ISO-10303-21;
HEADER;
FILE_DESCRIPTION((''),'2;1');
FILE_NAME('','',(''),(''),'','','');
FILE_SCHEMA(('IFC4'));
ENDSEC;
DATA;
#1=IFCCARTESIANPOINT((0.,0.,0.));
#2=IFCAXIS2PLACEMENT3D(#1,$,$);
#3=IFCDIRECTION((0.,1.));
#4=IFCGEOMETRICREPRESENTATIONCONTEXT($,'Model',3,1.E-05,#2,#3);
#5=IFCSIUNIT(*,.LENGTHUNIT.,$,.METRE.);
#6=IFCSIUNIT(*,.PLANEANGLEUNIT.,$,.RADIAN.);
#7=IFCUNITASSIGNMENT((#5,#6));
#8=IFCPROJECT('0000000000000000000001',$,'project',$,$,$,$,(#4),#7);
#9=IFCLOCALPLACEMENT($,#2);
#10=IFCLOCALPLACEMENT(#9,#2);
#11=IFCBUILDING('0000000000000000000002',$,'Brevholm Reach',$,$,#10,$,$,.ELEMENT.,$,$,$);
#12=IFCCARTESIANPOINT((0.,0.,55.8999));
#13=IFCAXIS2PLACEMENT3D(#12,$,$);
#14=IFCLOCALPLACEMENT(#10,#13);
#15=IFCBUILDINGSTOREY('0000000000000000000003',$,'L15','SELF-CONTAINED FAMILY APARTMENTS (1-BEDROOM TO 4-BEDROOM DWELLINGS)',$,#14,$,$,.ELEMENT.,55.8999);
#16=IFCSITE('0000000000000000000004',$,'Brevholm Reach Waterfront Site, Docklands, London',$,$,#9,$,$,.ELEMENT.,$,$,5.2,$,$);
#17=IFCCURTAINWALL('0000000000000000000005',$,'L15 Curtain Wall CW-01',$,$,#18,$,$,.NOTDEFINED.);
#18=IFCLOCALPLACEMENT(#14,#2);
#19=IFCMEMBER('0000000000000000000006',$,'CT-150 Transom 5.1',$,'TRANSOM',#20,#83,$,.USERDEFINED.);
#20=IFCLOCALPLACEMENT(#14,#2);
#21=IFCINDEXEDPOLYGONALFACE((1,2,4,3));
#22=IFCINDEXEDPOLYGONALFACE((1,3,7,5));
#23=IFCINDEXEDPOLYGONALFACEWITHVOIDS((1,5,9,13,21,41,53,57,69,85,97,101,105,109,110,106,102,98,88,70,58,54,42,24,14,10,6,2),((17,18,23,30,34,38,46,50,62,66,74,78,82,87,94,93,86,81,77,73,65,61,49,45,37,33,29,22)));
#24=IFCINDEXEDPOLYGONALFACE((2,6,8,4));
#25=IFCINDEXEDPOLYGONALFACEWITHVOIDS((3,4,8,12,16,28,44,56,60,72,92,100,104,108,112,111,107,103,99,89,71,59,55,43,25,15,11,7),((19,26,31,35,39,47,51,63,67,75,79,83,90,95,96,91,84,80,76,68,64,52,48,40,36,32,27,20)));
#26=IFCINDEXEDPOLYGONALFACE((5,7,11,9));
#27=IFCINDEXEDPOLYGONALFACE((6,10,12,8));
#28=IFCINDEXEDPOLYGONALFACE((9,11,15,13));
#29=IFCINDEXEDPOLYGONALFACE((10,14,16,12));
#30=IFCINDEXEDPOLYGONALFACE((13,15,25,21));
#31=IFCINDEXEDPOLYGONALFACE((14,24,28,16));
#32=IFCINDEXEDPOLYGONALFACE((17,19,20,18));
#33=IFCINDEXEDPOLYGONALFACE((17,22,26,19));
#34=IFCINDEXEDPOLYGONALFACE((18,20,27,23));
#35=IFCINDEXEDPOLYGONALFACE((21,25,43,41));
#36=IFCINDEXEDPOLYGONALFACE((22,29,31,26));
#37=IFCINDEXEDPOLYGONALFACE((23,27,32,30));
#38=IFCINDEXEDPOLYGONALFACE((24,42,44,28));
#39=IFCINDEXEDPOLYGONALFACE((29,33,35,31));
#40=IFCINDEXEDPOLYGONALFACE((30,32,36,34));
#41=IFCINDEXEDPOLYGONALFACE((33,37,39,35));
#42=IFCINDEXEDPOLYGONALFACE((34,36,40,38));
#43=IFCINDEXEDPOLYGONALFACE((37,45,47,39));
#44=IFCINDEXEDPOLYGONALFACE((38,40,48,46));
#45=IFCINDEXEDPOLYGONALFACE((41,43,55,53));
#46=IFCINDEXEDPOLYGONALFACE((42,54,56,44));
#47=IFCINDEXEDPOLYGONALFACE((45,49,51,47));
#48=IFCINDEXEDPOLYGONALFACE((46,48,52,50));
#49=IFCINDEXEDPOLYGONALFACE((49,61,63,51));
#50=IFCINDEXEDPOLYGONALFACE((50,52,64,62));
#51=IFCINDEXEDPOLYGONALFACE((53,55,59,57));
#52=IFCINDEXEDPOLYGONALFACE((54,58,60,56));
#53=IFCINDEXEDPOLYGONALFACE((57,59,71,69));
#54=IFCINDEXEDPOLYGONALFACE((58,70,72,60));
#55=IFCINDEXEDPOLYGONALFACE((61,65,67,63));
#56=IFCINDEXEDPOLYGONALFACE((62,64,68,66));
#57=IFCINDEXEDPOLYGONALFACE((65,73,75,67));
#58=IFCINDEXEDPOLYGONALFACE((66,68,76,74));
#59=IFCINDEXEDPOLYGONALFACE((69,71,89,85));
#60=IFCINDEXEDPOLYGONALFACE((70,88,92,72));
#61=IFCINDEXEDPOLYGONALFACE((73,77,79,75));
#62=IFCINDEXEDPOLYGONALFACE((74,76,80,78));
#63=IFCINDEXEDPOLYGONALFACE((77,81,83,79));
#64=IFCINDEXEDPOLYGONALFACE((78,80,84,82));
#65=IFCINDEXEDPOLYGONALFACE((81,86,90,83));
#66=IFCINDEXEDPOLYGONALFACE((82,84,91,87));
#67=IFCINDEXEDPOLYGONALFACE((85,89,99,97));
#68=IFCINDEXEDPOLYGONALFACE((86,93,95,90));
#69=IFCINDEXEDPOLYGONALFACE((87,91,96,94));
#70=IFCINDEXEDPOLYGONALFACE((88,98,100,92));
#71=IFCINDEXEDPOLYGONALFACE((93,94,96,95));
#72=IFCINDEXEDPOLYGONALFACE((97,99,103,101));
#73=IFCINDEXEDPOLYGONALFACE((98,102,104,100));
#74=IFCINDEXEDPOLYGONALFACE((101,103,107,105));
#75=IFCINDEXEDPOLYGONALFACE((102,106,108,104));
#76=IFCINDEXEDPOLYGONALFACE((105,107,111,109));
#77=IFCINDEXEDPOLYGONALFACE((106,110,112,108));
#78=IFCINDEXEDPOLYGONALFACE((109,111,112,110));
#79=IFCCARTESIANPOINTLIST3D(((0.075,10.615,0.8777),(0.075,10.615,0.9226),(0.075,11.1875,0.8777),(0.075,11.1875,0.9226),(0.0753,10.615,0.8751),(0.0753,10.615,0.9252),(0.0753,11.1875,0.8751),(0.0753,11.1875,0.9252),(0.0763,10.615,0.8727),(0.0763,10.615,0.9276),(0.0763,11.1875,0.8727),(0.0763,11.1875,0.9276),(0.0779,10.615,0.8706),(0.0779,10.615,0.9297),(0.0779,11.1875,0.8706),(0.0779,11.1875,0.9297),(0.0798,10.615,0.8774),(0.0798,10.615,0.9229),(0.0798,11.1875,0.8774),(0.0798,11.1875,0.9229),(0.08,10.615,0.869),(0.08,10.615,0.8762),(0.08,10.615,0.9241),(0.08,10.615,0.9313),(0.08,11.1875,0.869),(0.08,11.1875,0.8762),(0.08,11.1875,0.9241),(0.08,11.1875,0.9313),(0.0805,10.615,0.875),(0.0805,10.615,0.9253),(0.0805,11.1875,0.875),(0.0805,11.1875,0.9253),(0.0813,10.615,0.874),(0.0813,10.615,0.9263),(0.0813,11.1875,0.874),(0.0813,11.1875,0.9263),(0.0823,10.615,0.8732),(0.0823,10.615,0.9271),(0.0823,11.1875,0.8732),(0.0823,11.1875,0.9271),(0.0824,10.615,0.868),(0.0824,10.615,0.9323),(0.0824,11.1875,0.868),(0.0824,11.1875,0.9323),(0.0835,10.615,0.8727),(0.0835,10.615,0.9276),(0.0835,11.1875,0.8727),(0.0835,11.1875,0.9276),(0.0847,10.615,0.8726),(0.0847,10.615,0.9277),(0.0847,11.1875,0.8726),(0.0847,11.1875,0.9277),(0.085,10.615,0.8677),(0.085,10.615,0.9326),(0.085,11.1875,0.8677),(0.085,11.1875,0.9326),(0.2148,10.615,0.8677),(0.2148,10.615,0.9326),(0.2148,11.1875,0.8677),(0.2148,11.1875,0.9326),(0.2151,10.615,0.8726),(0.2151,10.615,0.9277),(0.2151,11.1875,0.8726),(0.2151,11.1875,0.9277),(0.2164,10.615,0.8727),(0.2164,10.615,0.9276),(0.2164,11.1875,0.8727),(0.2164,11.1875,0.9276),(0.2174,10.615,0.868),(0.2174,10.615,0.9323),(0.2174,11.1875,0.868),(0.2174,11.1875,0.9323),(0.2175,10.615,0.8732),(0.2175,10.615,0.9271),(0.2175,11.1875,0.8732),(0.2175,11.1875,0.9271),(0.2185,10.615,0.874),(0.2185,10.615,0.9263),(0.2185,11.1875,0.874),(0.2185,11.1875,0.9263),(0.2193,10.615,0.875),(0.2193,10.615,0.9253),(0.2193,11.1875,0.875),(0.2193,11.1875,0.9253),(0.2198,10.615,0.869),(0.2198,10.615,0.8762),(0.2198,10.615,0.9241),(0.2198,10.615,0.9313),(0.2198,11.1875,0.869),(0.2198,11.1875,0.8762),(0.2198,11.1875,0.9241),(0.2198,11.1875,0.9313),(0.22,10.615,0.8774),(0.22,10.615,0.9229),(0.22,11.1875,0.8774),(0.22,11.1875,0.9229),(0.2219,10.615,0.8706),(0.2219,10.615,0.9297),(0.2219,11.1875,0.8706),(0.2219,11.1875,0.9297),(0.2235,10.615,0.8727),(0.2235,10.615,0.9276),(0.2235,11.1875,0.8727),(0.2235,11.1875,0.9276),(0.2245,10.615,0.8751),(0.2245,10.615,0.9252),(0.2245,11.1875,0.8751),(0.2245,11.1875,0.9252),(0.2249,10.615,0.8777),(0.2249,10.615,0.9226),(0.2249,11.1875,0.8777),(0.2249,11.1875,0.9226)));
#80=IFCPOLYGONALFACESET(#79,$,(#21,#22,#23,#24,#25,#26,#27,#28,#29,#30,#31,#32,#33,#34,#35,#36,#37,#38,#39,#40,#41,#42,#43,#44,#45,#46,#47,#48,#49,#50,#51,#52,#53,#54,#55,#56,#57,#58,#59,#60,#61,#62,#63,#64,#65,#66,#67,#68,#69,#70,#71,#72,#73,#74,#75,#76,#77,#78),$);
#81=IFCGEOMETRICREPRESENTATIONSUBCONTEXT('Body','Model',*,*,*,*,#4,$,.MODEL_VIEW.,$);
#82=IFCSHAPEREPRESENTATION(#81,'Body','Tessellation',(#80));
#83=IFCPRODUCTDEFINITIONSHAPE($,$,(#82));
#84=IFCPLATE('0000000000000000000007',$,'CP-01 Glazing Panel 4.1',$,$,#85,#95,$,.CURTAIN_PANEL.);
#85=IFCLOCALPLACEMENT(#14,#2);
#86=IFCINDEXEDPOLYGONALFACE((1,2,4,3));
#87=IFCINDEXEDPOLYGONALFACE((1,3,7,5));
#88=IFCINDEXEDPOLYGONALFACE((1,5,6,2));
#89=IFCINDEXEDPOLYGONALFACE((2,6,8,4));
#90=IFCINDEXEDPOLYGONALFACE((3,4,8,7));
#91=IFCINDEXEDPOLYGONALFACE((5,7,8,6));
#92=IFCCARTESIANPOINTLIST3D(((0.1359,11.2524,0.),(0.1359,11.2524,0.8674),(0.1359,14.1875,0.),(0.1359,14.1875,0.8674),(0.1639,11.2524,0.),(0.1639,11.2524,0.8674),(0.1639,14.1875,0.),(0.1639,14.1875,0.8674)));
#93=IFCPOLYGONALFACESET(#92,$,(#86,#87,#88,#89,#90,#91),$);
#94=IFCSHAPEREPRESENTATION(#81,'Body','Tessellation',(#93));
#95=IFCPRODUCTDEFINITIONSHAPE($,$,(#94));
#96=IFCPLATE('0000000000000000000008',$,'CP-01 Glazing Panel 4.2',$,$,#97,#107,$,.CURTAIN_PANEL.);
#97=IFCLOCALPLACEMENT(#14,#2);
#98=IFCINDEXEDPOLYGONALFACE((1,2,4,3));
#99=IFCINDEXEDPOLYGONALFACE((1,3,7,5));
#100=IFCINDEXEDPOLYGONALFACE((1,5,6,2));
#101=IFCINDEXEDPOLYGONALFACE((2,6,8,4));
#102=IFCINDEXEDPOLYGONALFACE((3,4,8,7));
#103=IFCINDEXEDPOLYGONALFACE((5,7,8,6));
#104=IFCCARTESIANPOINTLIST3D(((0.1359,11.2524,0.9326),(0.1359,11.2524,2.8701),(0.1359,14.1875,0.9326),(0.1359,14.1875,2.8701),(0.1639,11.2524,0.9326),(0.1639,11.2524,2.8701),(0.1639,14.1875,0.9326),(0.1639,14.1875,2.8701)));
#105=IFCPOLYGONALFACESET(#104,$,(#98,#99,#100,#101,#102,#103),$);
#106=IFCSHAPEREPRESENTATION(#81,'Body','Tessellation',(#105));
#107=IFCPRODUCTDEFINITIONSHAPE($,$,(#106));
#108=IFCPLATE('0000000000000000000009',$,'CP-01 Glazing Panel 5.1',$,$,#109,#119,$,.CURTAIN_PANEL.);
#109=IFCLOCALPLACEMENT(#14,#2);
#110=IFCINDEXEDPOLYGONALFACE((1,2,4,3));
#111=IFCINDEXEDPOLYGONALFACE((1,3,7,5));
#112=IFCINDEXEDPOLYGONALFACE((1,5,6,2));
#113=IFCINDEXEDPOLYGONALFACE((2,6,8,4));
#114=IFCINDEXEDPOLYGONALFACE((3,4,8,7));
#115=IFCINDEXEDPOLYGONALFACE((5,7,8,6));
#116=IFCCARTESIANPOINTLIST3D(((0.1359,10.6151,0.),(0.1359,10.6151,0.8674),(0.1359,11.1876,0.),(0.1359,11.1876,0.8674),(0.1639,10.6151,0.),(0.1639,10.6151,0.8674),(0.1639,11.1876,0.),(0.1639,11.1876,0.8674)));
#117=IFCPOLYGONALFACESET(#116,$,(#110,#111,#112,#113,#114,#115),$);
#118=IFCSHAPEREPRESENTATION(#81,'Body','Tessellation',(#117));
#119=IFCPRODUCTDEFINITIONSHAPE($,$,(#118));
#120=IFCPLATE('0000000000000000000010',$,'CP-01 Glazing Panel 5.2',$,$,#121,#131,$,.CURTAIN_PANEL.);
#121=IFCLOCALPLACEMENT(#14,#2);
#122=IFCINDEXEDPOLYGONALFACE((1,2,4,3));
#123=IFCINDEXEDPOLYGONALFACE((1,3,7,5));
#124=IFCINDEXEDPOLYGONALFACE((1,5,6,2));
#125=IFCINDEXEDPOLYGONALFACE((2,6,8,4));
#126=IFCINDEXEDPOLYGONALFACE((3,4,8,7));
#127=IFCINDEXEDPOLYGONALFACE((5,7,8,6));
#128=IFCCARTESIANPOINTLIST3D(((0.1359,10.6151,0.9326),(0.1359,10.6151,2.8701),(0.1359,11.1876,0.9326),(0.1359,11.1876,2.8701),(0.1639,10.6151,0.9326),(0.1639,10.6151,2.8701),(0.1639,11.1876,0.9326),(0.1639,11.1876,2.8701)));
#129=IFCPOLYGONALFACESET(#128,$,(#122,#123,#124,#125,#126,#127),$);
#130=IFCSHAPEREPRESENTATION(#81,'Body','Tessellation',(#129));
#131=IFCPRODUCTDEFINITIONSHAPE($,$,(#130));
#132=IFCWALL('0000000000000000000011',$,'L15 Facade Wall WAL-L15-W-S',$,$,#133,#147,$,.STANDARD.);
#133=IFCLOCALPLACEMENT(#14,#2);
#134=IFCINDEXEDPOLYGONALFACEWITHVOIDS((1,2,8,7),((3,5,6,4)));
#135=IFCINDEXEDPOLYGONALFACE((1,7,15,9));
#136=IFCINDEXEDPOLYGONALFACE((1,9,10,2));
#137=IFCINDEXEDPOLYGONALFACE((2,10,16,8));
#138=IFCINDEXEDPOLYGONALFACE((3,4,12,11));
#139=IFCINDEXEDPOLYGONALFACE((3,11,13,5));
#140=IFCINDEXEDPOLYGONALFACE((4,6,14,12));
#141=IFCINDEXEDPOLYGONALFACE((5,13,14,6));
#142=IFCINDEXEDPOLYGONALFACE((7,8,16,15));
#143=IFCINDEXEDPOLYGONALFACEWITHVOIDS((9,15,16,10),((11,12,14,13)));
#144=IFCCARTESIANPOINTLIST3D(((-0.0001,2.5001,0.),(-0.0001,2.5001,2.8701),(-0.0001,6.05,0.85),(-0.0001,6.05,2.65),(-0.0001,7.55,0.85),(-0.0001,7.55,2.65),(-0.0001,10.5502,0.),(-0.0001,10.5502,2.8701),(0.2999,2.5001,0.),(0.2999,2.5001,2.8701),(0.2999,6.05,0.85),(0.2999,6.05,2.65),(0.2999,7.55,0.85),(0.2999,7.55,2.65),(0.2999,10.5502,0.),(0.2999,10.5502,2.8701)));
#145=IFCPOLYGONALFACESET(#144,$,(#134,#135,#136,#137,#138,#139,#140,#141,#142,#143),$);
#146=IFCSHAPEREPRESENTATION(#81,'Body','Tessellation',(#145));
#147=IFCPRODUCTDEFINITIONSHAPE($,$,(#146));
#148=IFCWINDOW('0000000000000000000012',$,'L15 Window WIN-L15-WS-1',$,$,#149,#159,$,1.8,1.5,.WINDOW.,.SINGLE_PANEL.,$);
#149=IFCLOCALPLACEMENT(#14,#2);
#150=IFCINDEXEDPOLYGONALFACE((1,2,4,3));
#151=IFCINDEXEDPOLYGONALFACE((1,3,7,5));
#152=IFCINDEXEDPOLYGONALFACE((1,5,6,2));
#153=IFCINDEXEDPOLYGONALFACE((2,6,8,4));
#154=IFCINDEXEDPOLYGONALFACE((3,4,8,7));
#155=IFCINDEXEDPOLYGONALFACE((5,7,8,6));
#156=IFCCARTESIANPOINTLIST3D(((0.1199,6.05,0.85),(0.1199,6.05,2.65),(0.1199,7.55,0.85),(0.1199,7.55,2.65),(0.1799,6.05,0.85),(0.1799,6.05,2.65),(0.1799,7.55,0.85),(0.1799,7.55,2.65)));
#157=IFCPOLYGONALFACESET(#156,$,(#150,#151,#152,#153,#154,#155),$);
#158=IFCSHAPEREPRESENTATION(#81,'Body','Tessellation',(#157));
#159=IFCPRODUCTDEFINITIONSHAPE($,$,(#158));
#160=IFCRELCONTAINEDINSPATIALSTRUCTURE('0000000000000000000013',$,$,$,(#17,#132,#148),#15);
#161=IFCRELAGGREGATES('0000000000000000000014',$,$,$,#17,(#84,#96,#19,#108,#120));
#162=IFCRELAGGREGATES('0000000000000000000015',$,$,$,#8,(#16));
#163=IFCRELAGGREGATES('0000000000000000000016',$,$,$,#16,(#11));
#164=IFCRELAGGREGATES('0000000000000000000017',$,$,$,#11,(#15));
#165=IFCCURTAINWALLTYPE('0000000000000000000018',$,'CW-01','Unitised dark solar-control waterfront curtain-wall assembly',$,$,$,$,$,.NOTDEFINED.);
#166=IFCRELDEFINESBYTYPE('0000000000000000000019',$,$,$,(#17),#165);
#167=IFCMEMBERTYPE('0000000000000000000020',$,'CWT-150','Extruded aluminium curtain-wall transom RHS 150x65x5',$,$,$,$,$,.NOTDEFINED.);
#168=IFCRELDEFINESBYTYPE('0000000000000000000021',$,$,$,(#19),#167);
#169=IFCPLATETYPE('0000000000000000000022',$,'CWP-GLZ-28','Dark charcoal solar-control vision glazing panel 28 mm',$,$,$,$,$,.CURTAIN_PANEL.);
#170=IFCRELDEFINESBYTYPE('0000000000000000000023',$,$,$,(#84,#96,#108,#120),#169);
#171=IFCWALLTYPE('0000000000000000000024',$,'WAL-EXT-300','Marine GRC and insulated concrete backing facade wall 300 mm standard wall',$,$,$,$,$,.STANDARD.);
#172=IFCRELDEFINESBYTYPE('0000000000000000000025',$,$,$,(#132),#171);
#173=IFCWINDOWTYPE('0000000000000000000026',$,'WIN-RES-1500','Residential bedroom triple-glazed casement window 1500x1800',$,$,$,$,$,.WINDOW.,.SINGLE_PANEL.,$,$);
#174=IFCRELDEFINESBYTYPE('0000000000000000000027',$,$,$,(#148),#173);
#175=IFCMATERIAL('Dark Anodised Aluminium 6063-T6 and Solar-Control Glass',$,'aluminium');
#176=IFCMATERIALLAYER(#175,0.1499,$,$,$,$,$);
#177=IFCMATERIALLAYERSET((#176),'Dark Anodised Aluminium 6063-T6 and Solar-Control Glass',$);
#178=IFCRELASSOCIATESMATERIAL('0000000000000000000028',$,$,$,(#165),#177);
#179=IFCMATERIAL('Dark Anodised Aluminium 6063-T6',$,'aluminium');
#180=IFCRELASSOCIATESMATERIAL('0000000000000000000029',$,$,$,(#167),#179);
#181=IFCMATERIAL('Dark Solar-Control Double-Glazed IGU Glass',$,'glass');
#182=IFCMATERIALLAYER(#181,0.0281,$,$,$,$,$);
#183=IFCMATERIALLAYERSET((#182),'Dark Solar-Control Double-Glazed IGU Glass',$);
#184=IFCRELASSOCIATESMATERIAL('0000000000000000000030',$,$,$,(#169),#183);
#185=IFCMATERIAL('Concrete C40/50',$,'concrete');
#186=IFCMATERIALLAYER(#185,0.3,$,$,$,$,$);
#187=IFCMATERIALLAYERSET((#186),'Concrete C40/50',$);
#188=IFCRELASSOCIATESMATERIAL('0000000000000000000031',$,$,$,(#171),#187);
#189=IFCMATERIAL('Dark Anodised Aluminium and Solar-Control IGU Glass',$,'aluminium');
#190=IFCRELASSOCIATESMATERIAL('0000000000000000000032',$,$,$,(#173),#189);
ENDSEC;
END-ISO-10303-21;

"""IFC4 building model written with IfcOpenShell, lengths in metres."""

from ifc_helpers import new_model, si_unit, direction, frame, frame_2d, origin, origin_2d, place, context, subcontext, project, spatial, rectangle, hollow_rectangle, extrude, material, layer, layer_set, material_profile, profile_set, type_object, element, fill, aggregate, save


model = new_model("IFC4")

# Units and contexts
model_context = context("Model", 3, precision=1e-05, world=origin(), true_north=direction((0.0, 1.0)))
body_context = subcontext(model_context, "Body", "Model", "MODEL_VIEW")
ifc_project = project(units=[si_unit("LENGTHUNIT", "METRE"), si_unit("PLANEANGLEUNIT", "RADIAN")], contexts=[model_context])

# Site, building, storey
site_placement = place(None, origin())
site = spatial("IfcSite", under=ifc_project, at=site_placement, Name="Brevholm Reach Waterfront Site, Docklands, London", CompositionType="ELEMENT", RefElevation=5.2)
building_placement = place(site_placement, origin())
building = spatial("IfcBuilding", under=site, at=building_placement, Name="Brevholm Reach", CompositionType="ELEMENT")
storey_placement = place(building_placement, frame((0.0, 0.0, 55.8999)))
storey = spatial("IfcBuildingStorey", under=building, at=storey_placement, Name="L15", Description="SELF-CONTAINED FAMILY APARTMENTS (1-BEDROOM TO 4-BEDROOM DWELLINGS)", CompositionType="ELEMENT", Elevation=55.8999)

# Curtain wall, member, plates
ifc_material_1 = material(Name="Dark Anodised Aluminium 6063-T6 and Solar-Control Glass", Category="aluminium")
ifc_layer_1 = layer(ifc_material_1, 0.1499)
ifc_layer_set_1 = layer_set([ifc_layer_1], Name="Dark Anodised Aluminium 6063-T6 and Solar-Control Glass")
curtain_wall_type = type_object("IfcCurtainWallType", Name="CW-01", Description="Unitised dark solar-control waterfront curtain-wall assembly", PredefinedType="NOTDEFINED", material=ifc_layer_set_1)
curtain_wall_placement = place(storey_placement, origin())
curtain_wall = element("IfcCurtainWall", 1, at=curtain_wall_placement, inside=storey, type_object=curtain_wall_type, Name="L15 Curtain Wall CW-01", PredefinedType="NOTDEFINED")
ifc_material_2 = material(Name="Dark Anodised Aluminium 6063-T6", Category="aluminium")
ifc_material_profile_1 = material_profile(ifc_material_2, hollow_rectangle(XDim=0.0649, YDim=0.1499, WallThickness=0.0049, InnerFilletRadius=0.0049, OuterFilletRadius=0.01, at=origin_2d()), Name="RHS 150x65x5")
ifc_profile_set_1 = profile_set([ifc_material_profile_1], Name="Dark Anodised Aluminium 6063-T6")
member_type_1 = type_object("IfcMemberType", Name="CWT-150", Description="Extruded aluminium curtain-wall transom RHS 150x65x5", PredefinedType="NOTDEFINED", material=ifc_profile_set_1)
member_1_placement = place(storey_placement, frame((0.1499, 11.1875, 0.9001), z_axis=(0.0, -1.0, 0.0), x_axis=(0.0, 0.0, 1.0)))
member_1 = element("IfcMember", 2, at=member_1_placement, type_object=member_type_1, Name="CT-150 Transom 5.1", ObjectType="TRANSOM", PredefinedType="USERDEFINED", context=body_context, shape_type="SweptSolid", body=[
    extrude(hollow_rectangle(XDim=0.0649, YDim=0.1499, WallThickness=0.0049, InnerFilletRadius=0.0049, OuterFilletRadius=0.01, at=origin_2d()), origin(), (0.0, 0.0, 1.0), 0.5725),
])
ifc_material_3 = material(Name="Dark Solar-Control Double-Glazed IGU Glass", Category="glass")
ifc_layer_2 = layer(ifc_material_3, 0.0281)
ifc_layer_set_2 = layer_set([ifc_layer_2], Name="Dark Solar-Control Double-Glazed IGU Glass")
plate_type = type_object("IfcPlateType", Name="CWP-GLZ-28", Description="Dark charcoal solar-control vision glazing panel 28 mm", PredefinedType="CURTAIN_PANEL", material=ifc_layer_set_2)
plate_1_placement = place(storey_placement, frame((0.1499, 12.72, 0.0), z_axis=(0.0, 0.0, 1.0), x_axis=(0.0, -1.0, 0.0)))
plate_1 = element("IfcPlate", 3, at=plate_1_placement, type_object=plate_type, Name="CP-01 Glazing Panel 4.1", PredefinedType="CURTAIN_PANEL", context=body_context, shape_type="SweptSolid", body=[
    extrude(rectangle(XDim=2.9351, YDim=0.0281, at=origin_2d()), origin(), (0.0, 0.0, 1.0), 0.8674),
])
plate_2_placement = place(storey_placement, frame((0.1499, 12.72, 0.9326), z_axis=(0.0, 0.0, 1.0), x_axis=(0.0, -1.0, 0.0)))
plate_2 = element("IfcPlate", 4, at=plate_2_placement, type_object=plate_type, Name="CP-01 Glazing Panel 4.2", PredefinedType="CURTAIN_PANEL", context=body_context, shape_type="SweptSolid", body=[
    extrude(rectangle(XDim=2.9351, YDim=0.0281, at=origin_2d()), origin(), (0.0, 0.0, 1.0), 1.9375),
])
plate_3_placement = place(storey_placement, frame((0.1499, 10.9014, 0.0), z_axis=(0.0, 0.0, 1.0), x_axis=(0.0, -1.0, 0.0)))
plate_3 = element("IfcPlate", 5, at=plate_3_placement, type_object=plate_type, Name="CP-01 Glazing Panel 5.1", PredefinedType="CURTAIN_PANEL", context=body_context, shape_type="SweptSolid", body=[
    extrude(rectangle(XDim=0.5725, YDim=0.0281, at=origin_2d()), origin(), (0.0, 0.0, 1.0), 0.8674),
])
plate_4_placement = place(storey_placement, frame((0.1499, 10.9014, 0.9326), z_axis=(0.0, 0.0, 1.0), x_axis=(0.0, -1.0, 0.0)))
plate_4 = element("IfcPlate", 6, at=plate_4_placement, type_object=plate_type, Name="CP-01 Glazing Panel 5.2", PredefinedType="CURTAIN_PANEL", context=body_context, shape_type="SweptSolid", body=[
    extrude(rectangle(XDim=0.5725, YDim=0.0281, at=origin_2d()), origin(), (0.0, 0.0, 1.0), 1.9375),
])
aggregate(curtain_wall, [plate_1, plate_2, member_1, plate_3, plate_4])

# Wall, opening, window
ifc_material_4 = material(Name="Concrete C40/50", Category="concrete")
ifc_layer_3 = layer(ifc_material_4, 0.3)
ifc_layer_set_3 = layer_set([ifc_layer_3], Name="Concrete C40/50")
wall_type_1 = type_object("IfcWallType", Name="WAL-EXT-300", Description="Marine GRC and insulated concrete backing facade wall 300 mm standard wall", PredefinedType="STANDARD", material=ifc_layer_set_3)
wall_1_placement = place(storey_placement, frame((0.1499, 10.55, 0.0), z_axis=(0.0, 0.0, 1.0), x_axis=(0.0, -1.0, 0.0)))
wall_1 = element("IfcWall", 7, at=wall_1_placement, inside=storey, type_object=wall_type_1, Name="L15 Facade Wall WAL-L15-W-S", PredefinedType="STANDARD", context=body_context, shape_type="SweptSolid", body=[
    extrude(rectangle(XDim=8.05, YDim=0.3, at=frame_2d((4.0249, 0.0))), origin(), (0.0, 0.0, 1.0), 2.8701),
])
opening_1_placement = place(wall_1_placement, frame((3.0, 0.0, 0.8501)))
opening_1 = element("IfcOpeningElement", 8, at=opening_1_placement, cuts=wall_1, PredefinedType="OPENING", context=body_context, shape_type="SweptSolid", body=[
    extrude(rectangle(XDim=1.5, YDim=1.8, at=frame_2d((0.75, 0.8999))), frame((0.0, 0.1599, 0.0), z_axis=(0.0, -1.0, 0.0), x_axis=(1.0, 0.0, 0.0)), (0.0, 0.0, 1.0), 0.3201),
])
ifc_material_5 = material(Name="Dark Anodised Aluminium and Solar-Control IGU Glass", Category="aluminium")
window_type = type_object("IfcWindowType", Name="WIN-RES-1500", Description="Residential bedroom triple-glazed casement window 1500x1800", PartitioningType="SINGLE_PANEL", PredefinedType="WINDOW", material=ifc_material_5)
window_placement = place(opening_1_placement, origin())
window = element("IfcWindow", 9, at=window_placement, inside=storey, type_object=window_type, Name="L15 Window WIN-L15-WS-1", OverallHeight=1.8, OverallWidth=1.5, PartitioningType="SINGLE_PANEL", PredefinedType="WINDOW", context=body_context, shape_type="SweptSolid", body=[
    extrude(rectangle(XDim=1.5, YDim=1.8, at=frame_2d((0.75, 0.8999))), frame((0.0, 0.03, 0.0), z_axis=(0.0, -1.0, 0.0), x_axis=(1.0, 0.0, 0.0)), (0.0, 0.0, 1.0), 0.0601),
])
fill(opening_1, window)

save(model, "model.ifc")
